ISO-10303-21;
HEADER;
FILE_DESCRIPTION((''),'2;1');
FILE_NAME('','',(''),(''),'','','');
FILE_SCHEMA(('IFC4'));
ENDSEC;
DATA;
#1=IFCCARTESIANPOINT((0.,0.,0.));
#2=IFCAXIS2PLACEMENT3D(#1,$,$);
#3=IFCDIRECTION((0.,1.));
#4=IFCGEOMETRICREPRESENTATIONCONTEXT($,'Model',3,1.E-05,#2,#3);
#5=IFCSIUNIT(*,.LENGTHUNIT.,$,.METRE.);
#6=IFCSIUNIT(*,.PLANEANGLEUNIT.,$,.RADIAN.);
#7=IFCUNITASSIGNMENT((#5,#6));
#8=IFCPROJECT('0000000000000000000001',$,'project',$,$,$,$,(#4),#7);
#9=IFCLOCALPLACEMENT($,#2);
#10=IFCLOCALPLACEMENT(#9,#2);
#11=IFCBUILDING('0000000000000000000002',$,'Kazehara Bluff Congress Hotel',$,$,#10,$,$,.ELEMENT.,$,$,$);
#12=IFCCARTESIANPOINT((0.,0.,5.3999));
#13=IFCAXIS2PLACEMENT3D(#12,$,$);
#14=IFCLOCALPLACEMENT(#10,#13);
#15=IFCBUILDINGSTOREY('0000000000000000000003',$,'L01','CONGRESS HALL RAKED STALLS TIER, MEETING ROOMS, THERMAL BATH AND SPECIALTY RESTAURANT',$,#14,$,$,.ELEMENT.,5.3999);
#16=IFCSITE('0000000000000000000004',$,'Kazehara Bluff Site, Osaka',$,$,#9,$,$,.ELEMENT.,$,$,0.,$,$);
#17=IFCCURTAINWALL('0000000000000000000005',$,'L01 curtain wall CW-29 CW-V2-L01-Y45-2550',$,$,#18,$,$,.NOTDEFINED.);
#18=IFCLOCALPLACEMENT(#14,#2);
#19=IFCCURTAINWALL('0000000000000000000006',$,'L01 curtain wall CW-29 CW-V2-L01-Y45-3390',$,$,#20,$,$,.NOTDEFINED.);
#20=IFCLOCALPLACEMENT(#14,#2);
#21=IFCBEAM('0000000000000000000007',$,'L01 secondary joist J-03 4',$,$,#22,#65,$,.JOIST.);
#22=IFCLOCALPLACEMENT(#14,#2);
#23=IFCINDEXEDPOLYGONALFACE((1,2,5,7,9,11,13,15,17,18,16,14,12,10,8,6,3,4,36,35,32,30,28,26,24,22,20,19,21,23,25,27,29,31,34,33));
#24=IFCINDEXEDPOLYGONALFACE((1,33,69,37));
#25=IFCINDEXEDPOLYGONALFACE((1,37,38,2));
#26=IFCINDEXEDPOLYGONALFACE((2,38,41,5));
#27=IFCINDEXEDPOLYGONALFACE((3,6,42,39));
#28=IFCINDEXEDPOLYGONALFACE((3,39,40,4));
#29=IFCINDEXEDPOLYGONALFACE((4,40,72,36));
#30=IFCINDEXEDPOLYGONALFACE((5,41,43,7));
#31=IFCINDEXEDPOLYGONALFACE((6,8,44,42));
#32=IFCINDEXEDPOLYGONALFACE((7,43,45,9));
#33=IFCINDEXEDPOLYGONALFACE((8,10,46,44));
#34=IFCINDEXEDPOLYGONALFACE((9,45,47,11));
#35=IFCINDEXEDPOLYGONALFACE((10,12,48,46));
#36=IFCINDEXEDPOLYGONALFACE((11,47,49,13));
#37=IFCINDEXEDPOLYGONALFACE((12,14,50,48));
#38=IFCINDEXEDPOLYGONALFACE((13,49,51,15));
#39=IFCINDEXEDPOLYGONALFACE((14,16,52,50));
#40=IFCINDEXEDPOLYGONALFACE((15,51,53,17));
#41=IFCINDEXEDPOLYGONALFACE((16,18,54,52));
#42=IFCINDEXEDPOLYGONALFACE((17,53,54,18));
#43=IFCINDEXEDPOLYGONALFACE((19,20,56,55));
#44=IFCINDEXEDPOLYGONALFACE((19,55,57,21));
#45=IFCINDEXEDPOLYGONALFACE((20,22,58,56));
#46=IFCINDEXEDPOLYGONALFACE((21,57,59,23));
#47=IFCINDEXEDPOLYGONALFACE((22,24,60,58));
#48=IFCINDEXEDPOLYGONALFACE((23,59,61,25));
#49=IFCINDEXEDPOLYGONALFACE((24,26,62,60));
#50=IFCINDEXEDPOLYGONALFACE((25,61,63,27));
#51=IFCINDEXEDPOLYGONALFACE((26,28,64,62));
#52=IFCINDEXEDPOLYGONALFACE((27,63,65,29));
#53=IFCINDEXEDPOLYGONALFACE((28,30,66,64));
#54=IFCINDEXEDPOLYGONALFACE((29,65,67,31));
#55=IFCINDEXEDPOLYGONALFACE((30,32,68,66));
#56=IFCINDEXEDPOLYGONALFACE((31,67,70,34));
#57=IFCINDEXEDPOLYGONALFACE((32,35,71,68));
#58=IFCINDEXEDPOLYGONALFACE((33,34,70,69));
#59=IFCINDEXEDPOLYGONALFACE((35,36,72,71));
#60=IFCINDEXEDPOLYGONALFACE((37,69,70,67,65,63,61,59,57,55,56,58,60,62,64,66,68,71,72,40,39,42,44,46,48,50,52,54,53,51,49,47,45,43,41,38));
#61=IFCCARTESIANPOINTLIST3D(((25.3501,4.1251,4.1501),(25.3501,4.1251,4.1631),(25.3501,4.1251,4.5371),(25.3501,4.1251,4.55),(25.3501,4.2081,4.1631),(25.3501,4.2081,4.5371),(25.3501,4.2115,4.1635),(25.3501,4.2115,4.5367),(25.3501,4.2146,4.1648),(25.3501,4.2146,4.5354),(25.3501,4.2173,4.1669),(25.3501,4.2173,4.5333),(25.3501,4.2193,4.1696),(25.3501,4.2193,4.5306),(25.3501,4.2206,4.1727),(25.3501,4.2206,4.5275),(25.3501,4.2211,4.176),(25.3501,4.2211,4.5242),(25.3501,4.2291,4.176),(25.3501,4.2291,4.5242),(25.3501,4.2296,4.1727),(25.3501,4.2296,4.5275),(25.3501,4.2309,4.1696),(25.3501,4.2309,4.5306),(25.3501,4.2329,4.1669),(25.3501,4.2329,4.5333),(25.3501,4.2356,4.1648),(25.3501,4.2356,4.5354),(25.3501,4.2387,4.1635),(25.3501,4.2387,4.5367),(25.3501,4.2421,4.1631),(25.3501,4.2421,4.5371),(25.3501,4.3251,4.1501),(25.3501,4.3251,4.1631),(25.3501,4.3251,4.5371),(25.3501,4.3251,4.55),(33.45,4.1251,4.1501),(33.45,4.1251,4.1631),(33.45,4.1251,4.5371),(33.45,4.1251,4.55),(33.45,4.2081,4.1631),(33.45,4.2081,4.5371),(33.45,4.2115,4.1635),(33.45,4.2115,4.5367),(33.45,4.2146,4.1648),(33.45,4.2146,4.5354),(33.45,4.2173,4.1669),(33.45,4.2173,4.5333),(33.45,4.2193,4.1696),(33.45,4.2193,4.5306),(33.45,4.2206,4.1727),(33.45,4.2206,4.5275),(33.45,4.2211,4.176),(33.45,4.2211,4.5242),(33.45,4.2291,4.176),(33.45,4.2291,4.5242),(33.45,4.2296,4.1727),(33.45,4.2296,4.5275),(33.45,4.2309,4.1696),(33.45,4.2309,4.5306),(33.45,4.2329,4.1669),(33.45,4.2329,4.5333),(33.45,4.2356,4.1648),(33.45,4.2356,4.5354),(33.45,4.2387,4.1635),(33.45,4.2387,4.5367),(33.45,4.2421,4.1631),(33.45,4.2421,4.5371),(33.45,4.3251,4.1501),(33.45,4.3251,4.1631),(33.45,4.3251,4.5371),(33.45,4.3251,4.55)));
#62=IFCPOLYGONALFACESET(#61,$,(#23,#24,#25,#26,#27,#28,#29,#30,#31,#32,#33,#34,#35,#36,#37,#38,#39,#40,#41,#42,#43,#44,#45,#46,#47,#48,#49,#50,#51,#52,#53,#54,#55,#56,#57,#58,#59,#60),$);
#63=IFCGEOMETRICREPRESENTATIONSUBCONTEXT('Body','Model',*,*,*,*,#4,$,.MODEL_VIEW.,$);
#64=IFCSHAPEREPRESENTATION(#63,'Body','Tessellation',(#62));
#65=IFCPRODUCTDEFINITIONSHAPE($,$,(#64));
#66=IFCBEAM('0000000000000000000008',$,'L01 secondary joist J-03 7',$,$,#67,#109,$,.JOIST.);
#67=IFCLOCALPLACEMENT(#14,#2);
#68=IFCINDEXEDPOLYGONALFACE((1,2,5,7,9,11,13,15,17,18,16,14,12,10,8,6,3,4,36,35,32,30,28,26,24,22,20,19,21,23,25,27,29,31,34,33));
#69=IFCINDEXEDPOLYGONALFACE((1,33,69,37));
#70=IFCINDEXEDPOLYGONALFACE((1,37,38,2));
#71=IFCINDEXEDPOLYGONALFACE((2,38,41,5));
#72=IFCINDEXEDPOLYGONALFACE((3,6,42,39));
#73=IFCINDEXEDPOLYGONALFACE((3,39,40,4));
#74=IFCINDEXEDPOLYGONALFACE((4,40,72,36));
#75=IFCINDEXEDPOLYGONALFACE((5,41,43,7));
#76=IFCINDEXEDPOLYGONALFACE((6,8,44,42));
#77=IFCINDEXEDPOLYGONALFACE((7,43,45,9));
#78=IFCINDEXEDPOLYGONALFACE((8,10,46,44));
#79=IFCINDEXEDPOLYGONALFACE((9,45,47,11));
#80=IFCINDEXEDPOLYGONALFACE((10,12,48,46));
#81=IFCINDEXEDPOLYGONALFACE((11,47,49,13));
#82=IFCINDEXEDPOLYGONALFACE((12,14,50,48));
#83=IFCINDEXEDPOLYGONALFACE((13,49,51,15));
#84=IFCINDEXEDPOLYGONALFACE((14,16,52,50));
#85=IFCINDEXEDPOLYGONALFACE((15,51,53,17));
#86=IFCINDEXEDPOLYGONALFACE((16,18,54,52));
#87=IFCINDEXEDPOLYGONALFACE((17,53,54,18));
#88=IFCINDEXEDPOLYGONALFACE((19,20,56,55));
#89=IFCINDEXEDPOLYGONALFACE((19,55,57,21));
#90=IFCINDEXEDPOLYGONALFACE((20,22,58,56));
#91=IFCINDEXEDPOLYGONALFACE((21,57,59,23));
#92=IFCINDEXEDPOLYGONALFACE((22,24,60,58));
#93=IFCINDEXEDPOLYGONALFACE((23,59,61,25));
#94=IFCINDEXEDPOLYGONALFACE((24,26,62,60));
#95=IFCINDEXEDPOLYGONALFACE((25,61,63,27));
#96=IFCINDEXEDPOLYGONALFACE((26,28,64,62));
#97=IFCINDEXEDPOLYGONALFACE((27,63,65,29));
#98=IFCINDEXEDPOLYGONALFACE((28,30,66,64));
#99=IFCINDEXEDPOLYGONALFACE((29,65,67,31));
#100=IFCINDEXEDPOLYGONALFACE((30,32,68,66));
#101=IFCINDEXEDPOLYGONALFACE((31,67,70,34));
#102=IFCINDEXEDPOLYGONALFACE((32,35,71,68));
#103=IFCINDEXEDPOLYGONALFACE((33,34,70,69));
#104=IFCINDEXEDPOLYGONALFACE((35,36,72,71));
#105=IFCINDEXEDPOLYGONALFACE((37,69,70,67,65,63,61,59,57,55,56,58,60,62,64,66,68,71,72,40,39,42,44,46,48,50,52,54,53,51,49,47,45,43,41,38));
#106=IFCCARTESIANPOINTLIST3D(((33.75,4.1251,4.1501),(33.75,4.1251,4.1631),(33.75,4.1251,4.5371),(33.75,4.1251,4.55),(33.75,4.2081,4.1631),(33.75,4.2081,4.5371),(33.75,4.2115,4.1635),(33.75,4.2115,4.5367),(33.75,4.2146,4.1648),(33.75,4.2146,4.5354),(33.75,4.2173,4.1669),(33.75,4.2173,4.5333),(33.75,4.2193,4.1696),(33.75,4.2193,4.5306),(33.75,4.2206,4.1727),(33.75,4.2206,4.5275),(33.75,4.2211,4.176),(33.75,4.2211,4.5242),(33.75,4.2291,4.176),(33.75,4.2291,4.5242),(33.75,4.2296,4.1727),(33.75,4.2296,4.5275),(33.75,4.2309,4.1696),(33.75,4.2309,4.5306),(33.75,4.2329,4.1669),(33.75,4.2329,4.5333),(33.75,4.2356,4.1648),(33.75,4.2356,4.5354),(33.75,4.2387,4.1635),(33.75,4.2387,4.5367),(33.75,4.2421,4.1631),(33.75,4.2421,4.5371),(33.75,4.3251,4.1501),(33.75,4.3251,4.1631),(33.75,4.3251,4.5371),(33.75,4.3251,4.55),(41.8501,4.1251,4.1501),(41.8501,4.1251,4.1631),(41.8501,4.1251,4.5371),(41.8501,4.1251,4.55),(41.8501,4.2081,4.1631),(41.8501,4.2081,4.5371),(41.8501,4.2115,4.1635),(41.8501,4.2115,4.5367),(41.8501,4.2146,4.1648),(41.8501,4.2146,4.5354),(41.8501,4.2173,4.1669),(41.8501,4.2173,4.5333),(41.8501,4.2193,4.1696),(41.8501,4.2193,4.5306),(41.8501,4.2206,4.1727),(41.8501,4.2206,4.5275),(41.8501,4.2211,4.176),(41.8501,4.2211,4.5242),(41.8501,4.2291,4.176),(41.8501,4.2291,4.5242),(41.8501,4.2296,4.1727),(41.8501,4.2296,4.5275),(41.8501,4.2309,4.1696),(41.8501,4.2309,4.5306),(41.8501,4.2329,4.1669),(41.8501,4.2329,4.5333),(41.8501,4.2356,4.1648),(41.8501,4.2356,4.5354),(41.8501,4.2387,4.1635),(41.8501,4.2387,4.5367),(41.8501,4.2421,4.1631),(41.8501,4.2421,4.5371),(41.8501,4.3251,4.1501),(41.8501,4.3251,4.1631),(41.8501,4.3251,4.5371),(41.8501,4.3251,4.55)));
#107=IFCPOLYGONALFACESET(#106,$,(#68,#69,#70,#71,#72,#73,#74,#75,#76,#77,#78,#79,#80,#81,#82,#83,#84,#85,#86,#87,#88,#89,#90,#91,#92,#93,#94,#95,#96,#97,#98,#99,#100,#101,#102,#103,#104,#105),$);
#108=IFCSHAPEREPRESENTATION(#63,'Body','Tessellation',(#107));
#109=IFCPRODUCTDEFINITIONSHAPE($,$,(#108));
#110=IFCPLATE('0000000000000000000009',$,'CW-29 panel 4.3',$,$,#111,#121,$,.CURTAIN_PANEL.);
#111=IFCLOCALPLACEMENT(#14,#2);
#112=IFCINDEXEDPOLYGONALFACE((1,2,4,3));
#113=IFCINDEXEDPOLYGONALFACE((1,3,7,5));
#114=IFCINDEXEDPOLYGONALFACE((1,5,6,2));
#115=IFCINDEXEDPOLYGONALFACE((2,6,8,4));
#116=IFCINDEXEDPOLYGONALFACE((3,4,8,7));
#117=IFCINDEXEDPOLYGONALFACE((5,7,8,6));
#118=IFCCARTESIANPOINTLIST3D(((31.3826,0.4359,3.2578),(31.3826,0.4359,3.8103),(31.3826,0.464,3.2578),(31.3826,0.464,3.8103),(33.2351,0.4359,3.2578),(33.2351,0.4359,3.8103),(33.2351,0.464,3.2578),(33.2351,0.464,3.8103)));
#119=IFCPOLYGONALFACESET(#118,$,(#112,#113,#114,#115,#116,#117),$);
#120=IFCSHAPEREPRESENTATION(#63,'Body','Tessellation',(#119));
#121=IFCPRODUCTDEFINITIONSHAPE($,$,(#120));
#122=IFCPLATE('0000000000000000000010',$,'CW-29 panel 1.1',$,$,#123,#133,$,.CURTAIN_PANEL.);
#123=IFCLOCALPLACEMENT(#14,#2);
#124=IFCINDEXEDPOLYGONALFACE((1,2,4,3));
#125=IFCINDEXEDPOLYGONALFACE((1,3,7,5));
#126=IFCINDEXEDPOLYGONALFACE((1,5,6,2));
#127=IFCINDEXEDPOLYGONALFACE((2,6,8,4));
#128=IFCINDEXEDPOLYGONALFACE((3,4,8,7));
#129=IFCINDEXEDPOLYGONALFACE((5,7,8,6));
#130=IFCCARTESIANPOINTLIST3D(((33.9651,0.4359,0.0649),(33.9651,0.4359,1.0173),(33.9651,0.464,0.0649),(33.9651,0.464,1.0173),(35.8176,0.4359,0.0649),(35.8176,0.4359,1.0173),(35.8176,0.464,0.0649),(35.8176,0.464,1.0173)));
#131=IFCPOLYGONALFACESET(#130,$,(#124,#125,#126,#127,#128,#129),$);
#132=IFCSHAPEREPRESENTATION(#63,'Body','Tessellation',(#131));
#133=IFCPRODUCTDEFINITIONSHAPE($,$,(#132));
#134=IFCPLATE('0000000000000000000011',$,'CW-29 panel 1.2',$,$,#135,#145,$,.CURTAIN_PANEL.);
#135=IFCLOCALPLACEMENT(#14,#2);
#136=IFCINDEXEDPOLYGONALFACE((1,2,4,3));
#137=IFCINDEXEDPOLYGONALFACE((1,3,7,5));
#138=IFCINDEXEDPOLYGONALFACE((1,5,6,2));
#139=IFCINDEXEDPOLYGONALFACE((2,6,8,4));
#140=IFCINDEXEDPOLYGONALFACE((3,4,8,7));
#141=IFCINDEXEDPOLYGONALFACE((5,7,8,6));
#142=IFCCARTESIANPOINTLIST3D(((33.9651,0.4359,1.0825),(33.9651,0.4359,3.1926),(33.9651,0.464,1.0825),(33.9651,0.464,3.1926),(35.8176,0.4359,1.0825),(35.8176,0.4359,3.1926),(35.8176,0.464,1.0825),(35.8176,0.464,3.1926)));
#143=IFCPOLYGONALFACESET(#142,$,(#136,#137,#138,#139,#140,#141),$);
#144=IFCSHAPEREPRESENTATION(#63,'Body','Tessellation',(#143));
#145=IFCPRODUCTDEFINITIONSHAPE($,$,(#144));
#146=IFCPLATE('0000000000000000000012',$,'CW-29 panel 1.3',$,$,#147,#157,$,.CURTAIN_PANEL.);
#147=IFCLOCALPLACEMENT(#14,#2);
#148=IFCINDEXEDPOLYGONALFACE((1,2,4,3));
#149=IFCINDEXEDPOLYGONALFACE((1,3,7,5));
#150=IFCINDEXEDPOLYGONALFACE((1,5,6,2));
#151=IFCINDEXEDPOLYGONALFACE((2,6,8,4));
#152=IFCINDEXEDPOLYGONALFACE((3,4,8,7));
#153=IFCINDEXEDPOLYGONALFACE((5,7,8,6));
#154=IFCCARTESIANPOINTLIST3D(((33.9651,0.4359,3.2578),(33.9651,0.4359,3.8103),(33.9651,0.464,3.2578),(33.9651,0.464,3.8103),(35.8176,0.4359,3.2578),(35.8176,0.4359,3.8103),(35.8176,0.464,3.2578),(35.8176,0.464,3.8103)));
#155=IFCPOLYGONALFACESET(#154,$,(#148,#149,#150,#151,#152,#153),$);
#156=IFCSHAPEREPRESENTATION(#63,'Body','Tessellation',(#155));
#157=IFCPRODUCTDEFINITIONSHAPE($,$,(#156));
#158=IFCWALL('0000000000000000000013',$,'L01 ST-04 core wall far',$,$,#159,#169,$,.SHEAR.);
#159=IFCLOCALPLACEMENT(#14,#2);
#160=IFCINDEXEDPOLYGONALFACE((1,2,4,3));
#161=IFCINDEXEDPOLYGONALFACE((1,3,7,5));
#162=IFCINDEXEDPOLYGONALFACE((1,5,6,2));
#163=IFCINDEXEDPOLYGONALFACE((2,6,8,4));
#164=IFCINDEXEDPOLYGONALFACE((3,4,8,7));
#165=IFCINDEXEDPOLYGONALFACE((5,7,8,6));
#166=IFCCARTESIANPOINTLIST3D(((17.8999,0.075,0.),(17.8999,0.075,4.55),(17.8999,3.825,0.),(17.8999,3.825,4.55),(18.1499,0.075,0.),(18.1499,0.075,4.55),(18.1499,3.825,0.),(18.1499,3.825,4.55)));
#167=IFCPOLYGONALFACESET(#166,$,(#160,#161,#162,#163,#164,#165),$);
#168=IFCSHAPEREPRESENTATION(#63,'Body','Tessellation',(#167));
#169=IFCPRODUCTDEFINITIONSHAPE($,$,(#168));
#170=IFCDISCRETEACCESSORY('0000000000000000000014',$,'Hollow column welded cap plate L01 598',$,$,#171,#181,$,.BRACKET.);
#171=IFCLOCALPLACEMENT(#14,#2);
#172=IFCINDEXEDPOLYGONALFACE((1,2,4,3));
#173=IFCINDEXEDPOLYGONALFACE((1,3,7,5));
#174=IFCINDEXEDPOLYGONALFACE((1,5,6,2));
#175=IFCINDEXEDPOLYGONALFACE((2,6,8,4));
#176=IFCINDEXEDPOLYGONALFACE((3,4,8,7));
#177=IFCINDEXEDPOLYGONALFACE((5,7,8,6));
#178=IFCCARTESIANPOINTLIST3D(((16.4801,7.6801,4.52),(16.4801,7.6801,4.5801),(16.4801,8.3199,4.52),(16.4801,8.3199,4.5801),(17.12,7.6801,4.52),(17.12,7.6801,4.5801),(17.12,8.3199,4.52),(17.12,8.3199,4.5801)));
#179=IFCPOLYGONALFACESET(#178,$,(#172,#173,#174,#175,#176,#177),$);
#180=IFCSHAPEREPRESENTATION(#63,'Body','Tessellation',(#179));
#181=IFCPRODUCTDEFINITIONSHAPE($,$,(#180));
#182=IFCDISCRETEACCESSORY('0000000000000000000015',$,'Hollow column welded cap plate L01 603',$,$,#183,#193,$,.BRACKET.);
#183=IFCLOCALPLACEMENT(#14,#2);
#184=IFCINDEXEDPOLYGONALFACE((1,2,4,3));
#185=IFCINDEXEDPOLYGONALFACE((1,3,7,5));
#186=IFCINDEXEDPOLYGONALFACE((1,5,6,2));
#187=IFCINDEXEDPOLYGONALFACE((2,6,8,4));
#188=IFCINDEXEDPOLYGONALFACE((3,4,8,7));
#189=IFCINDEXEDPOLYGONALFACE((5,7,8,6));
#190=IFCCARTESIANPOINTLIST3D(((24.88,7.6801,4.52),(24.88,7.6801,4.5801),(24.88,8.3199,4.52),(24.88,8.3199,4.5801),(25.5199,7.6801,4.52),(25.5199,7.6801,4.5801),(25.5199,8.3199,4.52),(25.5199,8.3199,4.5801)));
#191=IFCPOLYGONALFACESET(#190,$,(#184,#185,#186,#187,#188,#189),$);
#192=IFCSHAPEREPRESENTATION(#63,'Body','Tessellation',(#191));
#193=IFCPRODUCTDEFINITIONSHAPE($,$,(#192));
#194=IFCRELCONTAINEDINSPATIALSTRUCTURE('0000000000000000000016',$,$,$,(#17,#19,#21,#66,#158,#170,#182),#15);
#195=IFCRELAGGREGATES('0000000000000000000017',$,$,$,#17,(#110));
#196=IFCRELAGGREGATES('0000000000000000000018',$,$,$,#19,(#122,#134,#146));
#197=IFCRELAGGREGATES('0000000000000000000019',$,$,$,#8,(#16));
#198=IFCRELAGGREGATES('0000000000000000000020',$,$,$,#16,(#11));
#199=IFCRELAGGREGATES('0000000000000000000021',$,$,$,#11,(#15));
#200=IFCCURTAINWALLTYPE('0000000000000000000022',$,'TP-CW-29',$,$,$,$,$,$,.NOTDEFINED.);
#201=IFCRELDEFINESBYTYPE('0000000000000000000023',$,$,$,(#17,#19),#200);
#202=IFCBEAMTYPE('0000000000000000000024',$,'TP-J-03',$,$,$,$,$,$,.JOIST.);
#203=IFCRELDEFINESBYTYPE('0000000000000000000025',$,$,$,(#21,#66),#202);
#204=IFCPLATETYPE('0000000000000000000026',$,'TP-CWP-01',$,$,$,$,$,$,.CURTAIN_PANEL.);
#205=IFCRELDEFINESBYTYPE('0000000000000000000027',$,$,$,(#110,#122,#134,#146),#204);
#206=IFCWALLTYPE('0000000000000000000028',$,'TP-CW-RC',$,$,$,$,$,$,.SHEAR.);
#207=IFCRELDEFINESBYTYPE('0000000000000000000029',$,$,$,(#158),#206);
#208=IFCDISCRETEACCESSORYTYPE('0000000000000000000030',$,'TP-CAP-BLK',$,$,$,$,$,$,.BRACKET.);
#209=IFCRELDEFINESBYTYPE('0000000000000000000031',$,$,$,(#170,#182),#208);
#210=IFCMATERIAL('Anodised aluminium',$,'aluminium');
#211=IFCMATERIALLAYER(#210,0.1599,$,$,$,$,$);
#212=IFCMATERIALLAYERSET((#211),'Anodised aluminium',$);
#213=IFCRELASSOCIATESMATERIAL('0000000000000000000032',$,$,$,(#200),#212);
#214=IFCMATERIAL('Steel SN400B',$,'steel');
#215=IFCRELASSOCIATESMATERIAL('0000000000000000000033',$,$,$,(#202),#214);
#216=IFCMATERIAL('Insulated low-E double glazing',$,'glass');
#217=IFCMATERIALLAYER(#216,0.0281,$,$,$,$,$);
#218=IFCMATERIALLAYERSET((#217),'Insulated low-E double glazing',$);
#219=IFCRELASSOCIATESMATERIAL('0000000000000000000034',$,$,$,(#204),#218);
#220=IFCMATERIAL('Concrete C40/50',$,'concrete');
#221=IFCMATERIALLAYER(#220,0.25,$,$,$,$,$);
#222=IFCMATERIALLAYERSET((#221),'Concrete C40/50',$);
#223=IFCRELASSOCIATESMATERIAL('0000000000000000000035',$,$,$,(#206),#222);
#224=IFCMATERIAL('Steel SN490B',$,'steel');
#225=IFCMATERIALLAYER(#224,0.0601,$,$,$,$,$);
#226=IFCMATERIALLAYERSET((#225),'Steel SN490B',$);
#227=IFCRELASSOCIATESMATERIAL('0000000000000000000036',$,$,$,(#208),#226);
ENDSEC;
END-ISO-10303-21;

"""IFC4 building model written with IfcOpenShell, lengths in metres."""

from ifc_helpers import new_model, si_unit, direction, frame, frame_2d, origin, origin_2d, place, context, subcontext, project, spatial, rectangle, i_section, extrude, material, layer, layer_set, material_profile, profile_set, type_object, element, aggregate, save


model = new_model("IFC4")

# Units and contexts
model_context = context("Model", 3, precision=1e-05, world=origin(), true_north=direction((0.0, 1.0)))
body_context = subcontext(model_context, "Body", "Model", "MODEL_VIEW")
ifc_project = project(units=[si_unit("LENGTHUNIT", "METRE"), si_unit("PLANEANGLEUNIT", "RADIAN")], contexts=[model_context])

# Site, building, storey
site_placement = place(None, origin())
site = spatial("IfcSite", under=ifc_project, at=site_placement, Name="Kazehara Bluff Site, Osaka", CompositionType="ELEMENT", RefElevation=0.0)
building_placement = place(site_placement, origin())
building = spatial("IfcBuilding", under=site, at=building_placement, Name="Kazehara Bluff Congress Hotel", CompositionType="ELEMENT")
storey_placement = place(building_placement, frame((0.0, 0.0, 5.3999)))
storey = spatial("IfcBuildingStorey", under=building, at=storey_placement, Name="L01", Description="CONGRESS HALL RAKED STALLS TIER, MEETING ROOMS, THERMAL BATH AND SPECIALTY RESTAURANT", CompositionType="ELEMENT", Elevation=5.3999)

# Curtain wall
ifc_material_1 = material(Name="Anodised aluminium", Category="aluminium")
ifc_layer_1 = layer(ifc_material_1, 0.1599)
ifc_layer_set_1 = layer_set([ifc_layer_1], Name="Anodised aluminium")
curtain_wall_type = type_object("IfcCurtainWallType", Name="TP-CW-29", PredefinedType="NOTDEFINED", material=ifc_layer_set_1)
curtain_wall_1_placement = place(storey_placement, origin())
curtain_wall_1 = element("IfcCurtainWall", 1, at=curtain_wall_1_placement, inside=storey, type_object=curtain_wall_type, Name="L01 curtain wall CW-29 CW-V2-L01-Y45-2550", PredefinedType="NOTDEFINED")

# Curtain wall
curtain_wall_2_placement = place(storey_placement, origin())
curtain_wall_2 = element("IfcCurtainWall", 2, at=curtain_wall_2_placement, inside=storey, type_object=curtain_wall_type, Name="L01 curtain wall CW-29 CW-V2-L01-Y45-3390", PredefinedType="NOTDEFINED")

# Beams
ifc_material_2 = material(Name="Steel SN400B", Category="steel")
ifc_material_profile_1 = material_profile(ifc_material_2, i_section(OverallWidth=0.2, OverallDepth=0.3999, WebThickness=0.0081, FlangeThickness=0.0129, FilletRadius=0.0129, at=origin_2d()))
ifc_profile_set_1 = profile_set([ifc_material_profile_1], Name="Steel SN400B")
beam_type_1 = type_object("IfcBeamType", Name="TP-J-03", PredefinedType="JOIST", material=ifc_profile_set_1)
beam_1_placement = place(storey_placement, frame((25.3501, 4.2251, 4.3501), z_axis=(1.0, 0.0, 0.0), x_axis=(0.0, 1.0, 0.0)))
element("IfcBeam", 3, at=beam_1_placement, inside=storey, type_object=beam_type_1, Name="L01 secondary joist J-03 4", PredefinedType="JOIST", context=body_context, shape_type="SweptSolid", body=[
    extrude(i_section(OverallWidth=0.2, OverallDepth=0.3999, WebThickness=0.0081, FlangeThickness=0.0129, FilletRadius=0.0129, at=origin_2d()), origin(), (0.0, 0.0, 1.0), 8.0999),
])
beam_2_placement = place(storey_placement, frame((33.75, 4.2251, 4.3501), z_axis=(1.0, 0.0, 0.0), x_axis=(0.0, 1.0, 0.0)))
element("IfcBeam", 4, at=beam_2_placement, inside=storey, type_object=beam_type_1, Name="L01 secondary joist J-03 7", PredefinedType="JOIST", context=body_context, shape_type="SweptSolid", body=[
    extrude(i_section(OverallWidth=0.2, OverallDepth=0.3999, WebThickness=0.0081, FlangeThickness=0.0129, FilletRadius=0.0129, at=origin_2d()), origin(), (0.0, 0.0, 1.0), 8.1001),
])

# Plates
ifc_material_3 = material(Name="Insulated low-E double glazing", Category="glass")
ifc_layer_2 = layer(ifc_material_3, 0.0281)
ifc_layer_set_2 = layer_set([ifc_layer_2], Name="Insulated low-E double glazing")
plate_type = type_object("IfcPlateType", Name="TP-CWP-01", PredefinedType="CURTAIN_PANEL", material=ifc_layer_set_2)
plate_1_placement = place(storey_placement, frame((32.3088, 0.45, 3.2578), z_axis=(0.0, 0.0, 1.0), x_axis=(1.0, 0.0, 0.0)))
plate_1 = element("IfcPlate", 5, at=plate_1_placement, type_object=plate_type, Name="CW-29 panel 4.3", PredefinedType="CURTAIN_PANEL", context=body_context, shape_type="SweptSolid", body=[
    extrude(rectangle(XDim=1.8525, YDim=0.0281, at=origin_2d()), origin(), (0.0, 0.0, 1.0), 0.5525),
])
aggregate(curtain_wall_1, [plate_1])
plate_2_placement = place(storey_placement, frame((34.8914, 0.45, 0.0649), z_axis=(0.0, 0.0, 1.0), x_axis=(1.0, 0.0, 0.0)))
plate_2 = element("IfcPlate", 6, at=plate_2_placement, type_object=plate_type, Name="CW-29 panel 1.1", PredefinedType="CURTAIN_PANEL", context=body_context, shape_type="SweptSolid", body=[
    extrude(rectangle(XDim=1.8525, YDim=0.0281, at=origin_2d()), origin(), (0.0, 0.0, 1.0), 0.9524),
])
plate_3_placement = place(storey_placement, frame((34.8914, 0.45, 1.0825), z_axis=(0.0, 0.0, 1.0), x_axis=(1.0, 0.0, 0.0)))
plate_3 = element("IfcPlate", 7, at=plate_3_placement, type_object=plate_type, Name="CW-29 panel 1.2", PredefinedType="CURTAIN_PANEL", context=body_context, shape_type="SweptSolid", body=[
    extrude(rectangle(XDim=1.8525, YDim=0.0281, at=origin_2d()), origin(), (0.0, 0.0, 1.0), 2.1101),
])
plate_4_placement = place(storey_placement, frame((34.8914, 0.45, 3.2578), z_axis=(0.0, 0.0, 1.0), x_axis=(1.0, 0.0, 0.0)))
plate_4 = element("IfcPlate", 8, at=plate_4_placement, type_object=plate_type, Name="CW-29 panel 1.3", PredefinedType="CURTAIN_PANEL", context=body_context, shape_type="SweptSolid", body=[
    extrude(rectangle(XDim=1.8525, YDim=0.0281, at=origin_2d()), origin(), (0.0, 0.0, 1.0), 0.5525),
])
aggregate(curtain_wall_2, [plate_2, plate_3, plate_4])

# Wall
ifc_material_4 = material(Name="Concrete C40/50", Category="concrete")
ifc_layer_3 = layer(ifc_material_4, 0.25)
ifc_layer_set_3 = layer_set([ifc_layer_3], Name="Concrete C40/50")
wall_type = type_object("IfcWallType", Name="TP-CW-RC", PredefinedType="SHEAR", material=ifc_layer_set_3)
wall_placement = place(storey_placement, frame((18.0249, 3.825, 0.0), z_axis=(0.0, 0.0, 1.0), x_axis=(0.0, -1.0, 0.0)))
element("IfcWall", 9, at=wall_placement, inside=storey, type_object=wall_type, Name="L01 ST-04 core wall far", PredefinedType="SHEAR", context=body_context, shape_type="SweptSolid", body=[
    extrude(rectangle(XDim=3.75, YDim=0.25, at=frame_2d((1.875, 0.0))), origin(), (0.0, 0.0, 1.0), 4.55),
])

# Discrete accessories
ifc_material_5 = material(Name="Steel SN490B", Category="steel")
ifc_layer_4 = layer(ifc_material_5, 0.0601)
ifc_layer_set_4 = layer_set([ifc_layer_4], Name="Steel SN490B")
discrete_accessory_type = type_object("IfcDiscreteAccessoryType", Name="TP-CAP-BLK", PredefinedType="BRACKET", material=ifc_layer_set_4)
for number, where, z_axis, x_axis, name in (
    (10, (16.8, 8.0, 4.52), (0.0, 0.0, 1.0), (1.0, 0.0, 0.0), "Hollow column welded cap plate L01 598"),
    (11, (25.2, 8.0, 4.52), (0.0, 0.0, 1.0), (1.0, 0.0, 0.0), "Hollow column welded cap plate L01 603"),
):
    element("IfcDiscreteAccessory", number, at=place(storey_placement, frame(where, z_axis=z_axis, x_axis=x_axis)), inside=storey, type_object=discrete_accessory_type, Name=name, PredefinedType="BRACKET", context=body_context, shape_type="SweptSolid", body=[
        extrude(rectangle(XDim=0.6399, YDim=0.6399, at=origin_2d()), origin(), (0.0, 0.0, 1.0), 0.0601),
    ])

save(model, "model.ifc")
